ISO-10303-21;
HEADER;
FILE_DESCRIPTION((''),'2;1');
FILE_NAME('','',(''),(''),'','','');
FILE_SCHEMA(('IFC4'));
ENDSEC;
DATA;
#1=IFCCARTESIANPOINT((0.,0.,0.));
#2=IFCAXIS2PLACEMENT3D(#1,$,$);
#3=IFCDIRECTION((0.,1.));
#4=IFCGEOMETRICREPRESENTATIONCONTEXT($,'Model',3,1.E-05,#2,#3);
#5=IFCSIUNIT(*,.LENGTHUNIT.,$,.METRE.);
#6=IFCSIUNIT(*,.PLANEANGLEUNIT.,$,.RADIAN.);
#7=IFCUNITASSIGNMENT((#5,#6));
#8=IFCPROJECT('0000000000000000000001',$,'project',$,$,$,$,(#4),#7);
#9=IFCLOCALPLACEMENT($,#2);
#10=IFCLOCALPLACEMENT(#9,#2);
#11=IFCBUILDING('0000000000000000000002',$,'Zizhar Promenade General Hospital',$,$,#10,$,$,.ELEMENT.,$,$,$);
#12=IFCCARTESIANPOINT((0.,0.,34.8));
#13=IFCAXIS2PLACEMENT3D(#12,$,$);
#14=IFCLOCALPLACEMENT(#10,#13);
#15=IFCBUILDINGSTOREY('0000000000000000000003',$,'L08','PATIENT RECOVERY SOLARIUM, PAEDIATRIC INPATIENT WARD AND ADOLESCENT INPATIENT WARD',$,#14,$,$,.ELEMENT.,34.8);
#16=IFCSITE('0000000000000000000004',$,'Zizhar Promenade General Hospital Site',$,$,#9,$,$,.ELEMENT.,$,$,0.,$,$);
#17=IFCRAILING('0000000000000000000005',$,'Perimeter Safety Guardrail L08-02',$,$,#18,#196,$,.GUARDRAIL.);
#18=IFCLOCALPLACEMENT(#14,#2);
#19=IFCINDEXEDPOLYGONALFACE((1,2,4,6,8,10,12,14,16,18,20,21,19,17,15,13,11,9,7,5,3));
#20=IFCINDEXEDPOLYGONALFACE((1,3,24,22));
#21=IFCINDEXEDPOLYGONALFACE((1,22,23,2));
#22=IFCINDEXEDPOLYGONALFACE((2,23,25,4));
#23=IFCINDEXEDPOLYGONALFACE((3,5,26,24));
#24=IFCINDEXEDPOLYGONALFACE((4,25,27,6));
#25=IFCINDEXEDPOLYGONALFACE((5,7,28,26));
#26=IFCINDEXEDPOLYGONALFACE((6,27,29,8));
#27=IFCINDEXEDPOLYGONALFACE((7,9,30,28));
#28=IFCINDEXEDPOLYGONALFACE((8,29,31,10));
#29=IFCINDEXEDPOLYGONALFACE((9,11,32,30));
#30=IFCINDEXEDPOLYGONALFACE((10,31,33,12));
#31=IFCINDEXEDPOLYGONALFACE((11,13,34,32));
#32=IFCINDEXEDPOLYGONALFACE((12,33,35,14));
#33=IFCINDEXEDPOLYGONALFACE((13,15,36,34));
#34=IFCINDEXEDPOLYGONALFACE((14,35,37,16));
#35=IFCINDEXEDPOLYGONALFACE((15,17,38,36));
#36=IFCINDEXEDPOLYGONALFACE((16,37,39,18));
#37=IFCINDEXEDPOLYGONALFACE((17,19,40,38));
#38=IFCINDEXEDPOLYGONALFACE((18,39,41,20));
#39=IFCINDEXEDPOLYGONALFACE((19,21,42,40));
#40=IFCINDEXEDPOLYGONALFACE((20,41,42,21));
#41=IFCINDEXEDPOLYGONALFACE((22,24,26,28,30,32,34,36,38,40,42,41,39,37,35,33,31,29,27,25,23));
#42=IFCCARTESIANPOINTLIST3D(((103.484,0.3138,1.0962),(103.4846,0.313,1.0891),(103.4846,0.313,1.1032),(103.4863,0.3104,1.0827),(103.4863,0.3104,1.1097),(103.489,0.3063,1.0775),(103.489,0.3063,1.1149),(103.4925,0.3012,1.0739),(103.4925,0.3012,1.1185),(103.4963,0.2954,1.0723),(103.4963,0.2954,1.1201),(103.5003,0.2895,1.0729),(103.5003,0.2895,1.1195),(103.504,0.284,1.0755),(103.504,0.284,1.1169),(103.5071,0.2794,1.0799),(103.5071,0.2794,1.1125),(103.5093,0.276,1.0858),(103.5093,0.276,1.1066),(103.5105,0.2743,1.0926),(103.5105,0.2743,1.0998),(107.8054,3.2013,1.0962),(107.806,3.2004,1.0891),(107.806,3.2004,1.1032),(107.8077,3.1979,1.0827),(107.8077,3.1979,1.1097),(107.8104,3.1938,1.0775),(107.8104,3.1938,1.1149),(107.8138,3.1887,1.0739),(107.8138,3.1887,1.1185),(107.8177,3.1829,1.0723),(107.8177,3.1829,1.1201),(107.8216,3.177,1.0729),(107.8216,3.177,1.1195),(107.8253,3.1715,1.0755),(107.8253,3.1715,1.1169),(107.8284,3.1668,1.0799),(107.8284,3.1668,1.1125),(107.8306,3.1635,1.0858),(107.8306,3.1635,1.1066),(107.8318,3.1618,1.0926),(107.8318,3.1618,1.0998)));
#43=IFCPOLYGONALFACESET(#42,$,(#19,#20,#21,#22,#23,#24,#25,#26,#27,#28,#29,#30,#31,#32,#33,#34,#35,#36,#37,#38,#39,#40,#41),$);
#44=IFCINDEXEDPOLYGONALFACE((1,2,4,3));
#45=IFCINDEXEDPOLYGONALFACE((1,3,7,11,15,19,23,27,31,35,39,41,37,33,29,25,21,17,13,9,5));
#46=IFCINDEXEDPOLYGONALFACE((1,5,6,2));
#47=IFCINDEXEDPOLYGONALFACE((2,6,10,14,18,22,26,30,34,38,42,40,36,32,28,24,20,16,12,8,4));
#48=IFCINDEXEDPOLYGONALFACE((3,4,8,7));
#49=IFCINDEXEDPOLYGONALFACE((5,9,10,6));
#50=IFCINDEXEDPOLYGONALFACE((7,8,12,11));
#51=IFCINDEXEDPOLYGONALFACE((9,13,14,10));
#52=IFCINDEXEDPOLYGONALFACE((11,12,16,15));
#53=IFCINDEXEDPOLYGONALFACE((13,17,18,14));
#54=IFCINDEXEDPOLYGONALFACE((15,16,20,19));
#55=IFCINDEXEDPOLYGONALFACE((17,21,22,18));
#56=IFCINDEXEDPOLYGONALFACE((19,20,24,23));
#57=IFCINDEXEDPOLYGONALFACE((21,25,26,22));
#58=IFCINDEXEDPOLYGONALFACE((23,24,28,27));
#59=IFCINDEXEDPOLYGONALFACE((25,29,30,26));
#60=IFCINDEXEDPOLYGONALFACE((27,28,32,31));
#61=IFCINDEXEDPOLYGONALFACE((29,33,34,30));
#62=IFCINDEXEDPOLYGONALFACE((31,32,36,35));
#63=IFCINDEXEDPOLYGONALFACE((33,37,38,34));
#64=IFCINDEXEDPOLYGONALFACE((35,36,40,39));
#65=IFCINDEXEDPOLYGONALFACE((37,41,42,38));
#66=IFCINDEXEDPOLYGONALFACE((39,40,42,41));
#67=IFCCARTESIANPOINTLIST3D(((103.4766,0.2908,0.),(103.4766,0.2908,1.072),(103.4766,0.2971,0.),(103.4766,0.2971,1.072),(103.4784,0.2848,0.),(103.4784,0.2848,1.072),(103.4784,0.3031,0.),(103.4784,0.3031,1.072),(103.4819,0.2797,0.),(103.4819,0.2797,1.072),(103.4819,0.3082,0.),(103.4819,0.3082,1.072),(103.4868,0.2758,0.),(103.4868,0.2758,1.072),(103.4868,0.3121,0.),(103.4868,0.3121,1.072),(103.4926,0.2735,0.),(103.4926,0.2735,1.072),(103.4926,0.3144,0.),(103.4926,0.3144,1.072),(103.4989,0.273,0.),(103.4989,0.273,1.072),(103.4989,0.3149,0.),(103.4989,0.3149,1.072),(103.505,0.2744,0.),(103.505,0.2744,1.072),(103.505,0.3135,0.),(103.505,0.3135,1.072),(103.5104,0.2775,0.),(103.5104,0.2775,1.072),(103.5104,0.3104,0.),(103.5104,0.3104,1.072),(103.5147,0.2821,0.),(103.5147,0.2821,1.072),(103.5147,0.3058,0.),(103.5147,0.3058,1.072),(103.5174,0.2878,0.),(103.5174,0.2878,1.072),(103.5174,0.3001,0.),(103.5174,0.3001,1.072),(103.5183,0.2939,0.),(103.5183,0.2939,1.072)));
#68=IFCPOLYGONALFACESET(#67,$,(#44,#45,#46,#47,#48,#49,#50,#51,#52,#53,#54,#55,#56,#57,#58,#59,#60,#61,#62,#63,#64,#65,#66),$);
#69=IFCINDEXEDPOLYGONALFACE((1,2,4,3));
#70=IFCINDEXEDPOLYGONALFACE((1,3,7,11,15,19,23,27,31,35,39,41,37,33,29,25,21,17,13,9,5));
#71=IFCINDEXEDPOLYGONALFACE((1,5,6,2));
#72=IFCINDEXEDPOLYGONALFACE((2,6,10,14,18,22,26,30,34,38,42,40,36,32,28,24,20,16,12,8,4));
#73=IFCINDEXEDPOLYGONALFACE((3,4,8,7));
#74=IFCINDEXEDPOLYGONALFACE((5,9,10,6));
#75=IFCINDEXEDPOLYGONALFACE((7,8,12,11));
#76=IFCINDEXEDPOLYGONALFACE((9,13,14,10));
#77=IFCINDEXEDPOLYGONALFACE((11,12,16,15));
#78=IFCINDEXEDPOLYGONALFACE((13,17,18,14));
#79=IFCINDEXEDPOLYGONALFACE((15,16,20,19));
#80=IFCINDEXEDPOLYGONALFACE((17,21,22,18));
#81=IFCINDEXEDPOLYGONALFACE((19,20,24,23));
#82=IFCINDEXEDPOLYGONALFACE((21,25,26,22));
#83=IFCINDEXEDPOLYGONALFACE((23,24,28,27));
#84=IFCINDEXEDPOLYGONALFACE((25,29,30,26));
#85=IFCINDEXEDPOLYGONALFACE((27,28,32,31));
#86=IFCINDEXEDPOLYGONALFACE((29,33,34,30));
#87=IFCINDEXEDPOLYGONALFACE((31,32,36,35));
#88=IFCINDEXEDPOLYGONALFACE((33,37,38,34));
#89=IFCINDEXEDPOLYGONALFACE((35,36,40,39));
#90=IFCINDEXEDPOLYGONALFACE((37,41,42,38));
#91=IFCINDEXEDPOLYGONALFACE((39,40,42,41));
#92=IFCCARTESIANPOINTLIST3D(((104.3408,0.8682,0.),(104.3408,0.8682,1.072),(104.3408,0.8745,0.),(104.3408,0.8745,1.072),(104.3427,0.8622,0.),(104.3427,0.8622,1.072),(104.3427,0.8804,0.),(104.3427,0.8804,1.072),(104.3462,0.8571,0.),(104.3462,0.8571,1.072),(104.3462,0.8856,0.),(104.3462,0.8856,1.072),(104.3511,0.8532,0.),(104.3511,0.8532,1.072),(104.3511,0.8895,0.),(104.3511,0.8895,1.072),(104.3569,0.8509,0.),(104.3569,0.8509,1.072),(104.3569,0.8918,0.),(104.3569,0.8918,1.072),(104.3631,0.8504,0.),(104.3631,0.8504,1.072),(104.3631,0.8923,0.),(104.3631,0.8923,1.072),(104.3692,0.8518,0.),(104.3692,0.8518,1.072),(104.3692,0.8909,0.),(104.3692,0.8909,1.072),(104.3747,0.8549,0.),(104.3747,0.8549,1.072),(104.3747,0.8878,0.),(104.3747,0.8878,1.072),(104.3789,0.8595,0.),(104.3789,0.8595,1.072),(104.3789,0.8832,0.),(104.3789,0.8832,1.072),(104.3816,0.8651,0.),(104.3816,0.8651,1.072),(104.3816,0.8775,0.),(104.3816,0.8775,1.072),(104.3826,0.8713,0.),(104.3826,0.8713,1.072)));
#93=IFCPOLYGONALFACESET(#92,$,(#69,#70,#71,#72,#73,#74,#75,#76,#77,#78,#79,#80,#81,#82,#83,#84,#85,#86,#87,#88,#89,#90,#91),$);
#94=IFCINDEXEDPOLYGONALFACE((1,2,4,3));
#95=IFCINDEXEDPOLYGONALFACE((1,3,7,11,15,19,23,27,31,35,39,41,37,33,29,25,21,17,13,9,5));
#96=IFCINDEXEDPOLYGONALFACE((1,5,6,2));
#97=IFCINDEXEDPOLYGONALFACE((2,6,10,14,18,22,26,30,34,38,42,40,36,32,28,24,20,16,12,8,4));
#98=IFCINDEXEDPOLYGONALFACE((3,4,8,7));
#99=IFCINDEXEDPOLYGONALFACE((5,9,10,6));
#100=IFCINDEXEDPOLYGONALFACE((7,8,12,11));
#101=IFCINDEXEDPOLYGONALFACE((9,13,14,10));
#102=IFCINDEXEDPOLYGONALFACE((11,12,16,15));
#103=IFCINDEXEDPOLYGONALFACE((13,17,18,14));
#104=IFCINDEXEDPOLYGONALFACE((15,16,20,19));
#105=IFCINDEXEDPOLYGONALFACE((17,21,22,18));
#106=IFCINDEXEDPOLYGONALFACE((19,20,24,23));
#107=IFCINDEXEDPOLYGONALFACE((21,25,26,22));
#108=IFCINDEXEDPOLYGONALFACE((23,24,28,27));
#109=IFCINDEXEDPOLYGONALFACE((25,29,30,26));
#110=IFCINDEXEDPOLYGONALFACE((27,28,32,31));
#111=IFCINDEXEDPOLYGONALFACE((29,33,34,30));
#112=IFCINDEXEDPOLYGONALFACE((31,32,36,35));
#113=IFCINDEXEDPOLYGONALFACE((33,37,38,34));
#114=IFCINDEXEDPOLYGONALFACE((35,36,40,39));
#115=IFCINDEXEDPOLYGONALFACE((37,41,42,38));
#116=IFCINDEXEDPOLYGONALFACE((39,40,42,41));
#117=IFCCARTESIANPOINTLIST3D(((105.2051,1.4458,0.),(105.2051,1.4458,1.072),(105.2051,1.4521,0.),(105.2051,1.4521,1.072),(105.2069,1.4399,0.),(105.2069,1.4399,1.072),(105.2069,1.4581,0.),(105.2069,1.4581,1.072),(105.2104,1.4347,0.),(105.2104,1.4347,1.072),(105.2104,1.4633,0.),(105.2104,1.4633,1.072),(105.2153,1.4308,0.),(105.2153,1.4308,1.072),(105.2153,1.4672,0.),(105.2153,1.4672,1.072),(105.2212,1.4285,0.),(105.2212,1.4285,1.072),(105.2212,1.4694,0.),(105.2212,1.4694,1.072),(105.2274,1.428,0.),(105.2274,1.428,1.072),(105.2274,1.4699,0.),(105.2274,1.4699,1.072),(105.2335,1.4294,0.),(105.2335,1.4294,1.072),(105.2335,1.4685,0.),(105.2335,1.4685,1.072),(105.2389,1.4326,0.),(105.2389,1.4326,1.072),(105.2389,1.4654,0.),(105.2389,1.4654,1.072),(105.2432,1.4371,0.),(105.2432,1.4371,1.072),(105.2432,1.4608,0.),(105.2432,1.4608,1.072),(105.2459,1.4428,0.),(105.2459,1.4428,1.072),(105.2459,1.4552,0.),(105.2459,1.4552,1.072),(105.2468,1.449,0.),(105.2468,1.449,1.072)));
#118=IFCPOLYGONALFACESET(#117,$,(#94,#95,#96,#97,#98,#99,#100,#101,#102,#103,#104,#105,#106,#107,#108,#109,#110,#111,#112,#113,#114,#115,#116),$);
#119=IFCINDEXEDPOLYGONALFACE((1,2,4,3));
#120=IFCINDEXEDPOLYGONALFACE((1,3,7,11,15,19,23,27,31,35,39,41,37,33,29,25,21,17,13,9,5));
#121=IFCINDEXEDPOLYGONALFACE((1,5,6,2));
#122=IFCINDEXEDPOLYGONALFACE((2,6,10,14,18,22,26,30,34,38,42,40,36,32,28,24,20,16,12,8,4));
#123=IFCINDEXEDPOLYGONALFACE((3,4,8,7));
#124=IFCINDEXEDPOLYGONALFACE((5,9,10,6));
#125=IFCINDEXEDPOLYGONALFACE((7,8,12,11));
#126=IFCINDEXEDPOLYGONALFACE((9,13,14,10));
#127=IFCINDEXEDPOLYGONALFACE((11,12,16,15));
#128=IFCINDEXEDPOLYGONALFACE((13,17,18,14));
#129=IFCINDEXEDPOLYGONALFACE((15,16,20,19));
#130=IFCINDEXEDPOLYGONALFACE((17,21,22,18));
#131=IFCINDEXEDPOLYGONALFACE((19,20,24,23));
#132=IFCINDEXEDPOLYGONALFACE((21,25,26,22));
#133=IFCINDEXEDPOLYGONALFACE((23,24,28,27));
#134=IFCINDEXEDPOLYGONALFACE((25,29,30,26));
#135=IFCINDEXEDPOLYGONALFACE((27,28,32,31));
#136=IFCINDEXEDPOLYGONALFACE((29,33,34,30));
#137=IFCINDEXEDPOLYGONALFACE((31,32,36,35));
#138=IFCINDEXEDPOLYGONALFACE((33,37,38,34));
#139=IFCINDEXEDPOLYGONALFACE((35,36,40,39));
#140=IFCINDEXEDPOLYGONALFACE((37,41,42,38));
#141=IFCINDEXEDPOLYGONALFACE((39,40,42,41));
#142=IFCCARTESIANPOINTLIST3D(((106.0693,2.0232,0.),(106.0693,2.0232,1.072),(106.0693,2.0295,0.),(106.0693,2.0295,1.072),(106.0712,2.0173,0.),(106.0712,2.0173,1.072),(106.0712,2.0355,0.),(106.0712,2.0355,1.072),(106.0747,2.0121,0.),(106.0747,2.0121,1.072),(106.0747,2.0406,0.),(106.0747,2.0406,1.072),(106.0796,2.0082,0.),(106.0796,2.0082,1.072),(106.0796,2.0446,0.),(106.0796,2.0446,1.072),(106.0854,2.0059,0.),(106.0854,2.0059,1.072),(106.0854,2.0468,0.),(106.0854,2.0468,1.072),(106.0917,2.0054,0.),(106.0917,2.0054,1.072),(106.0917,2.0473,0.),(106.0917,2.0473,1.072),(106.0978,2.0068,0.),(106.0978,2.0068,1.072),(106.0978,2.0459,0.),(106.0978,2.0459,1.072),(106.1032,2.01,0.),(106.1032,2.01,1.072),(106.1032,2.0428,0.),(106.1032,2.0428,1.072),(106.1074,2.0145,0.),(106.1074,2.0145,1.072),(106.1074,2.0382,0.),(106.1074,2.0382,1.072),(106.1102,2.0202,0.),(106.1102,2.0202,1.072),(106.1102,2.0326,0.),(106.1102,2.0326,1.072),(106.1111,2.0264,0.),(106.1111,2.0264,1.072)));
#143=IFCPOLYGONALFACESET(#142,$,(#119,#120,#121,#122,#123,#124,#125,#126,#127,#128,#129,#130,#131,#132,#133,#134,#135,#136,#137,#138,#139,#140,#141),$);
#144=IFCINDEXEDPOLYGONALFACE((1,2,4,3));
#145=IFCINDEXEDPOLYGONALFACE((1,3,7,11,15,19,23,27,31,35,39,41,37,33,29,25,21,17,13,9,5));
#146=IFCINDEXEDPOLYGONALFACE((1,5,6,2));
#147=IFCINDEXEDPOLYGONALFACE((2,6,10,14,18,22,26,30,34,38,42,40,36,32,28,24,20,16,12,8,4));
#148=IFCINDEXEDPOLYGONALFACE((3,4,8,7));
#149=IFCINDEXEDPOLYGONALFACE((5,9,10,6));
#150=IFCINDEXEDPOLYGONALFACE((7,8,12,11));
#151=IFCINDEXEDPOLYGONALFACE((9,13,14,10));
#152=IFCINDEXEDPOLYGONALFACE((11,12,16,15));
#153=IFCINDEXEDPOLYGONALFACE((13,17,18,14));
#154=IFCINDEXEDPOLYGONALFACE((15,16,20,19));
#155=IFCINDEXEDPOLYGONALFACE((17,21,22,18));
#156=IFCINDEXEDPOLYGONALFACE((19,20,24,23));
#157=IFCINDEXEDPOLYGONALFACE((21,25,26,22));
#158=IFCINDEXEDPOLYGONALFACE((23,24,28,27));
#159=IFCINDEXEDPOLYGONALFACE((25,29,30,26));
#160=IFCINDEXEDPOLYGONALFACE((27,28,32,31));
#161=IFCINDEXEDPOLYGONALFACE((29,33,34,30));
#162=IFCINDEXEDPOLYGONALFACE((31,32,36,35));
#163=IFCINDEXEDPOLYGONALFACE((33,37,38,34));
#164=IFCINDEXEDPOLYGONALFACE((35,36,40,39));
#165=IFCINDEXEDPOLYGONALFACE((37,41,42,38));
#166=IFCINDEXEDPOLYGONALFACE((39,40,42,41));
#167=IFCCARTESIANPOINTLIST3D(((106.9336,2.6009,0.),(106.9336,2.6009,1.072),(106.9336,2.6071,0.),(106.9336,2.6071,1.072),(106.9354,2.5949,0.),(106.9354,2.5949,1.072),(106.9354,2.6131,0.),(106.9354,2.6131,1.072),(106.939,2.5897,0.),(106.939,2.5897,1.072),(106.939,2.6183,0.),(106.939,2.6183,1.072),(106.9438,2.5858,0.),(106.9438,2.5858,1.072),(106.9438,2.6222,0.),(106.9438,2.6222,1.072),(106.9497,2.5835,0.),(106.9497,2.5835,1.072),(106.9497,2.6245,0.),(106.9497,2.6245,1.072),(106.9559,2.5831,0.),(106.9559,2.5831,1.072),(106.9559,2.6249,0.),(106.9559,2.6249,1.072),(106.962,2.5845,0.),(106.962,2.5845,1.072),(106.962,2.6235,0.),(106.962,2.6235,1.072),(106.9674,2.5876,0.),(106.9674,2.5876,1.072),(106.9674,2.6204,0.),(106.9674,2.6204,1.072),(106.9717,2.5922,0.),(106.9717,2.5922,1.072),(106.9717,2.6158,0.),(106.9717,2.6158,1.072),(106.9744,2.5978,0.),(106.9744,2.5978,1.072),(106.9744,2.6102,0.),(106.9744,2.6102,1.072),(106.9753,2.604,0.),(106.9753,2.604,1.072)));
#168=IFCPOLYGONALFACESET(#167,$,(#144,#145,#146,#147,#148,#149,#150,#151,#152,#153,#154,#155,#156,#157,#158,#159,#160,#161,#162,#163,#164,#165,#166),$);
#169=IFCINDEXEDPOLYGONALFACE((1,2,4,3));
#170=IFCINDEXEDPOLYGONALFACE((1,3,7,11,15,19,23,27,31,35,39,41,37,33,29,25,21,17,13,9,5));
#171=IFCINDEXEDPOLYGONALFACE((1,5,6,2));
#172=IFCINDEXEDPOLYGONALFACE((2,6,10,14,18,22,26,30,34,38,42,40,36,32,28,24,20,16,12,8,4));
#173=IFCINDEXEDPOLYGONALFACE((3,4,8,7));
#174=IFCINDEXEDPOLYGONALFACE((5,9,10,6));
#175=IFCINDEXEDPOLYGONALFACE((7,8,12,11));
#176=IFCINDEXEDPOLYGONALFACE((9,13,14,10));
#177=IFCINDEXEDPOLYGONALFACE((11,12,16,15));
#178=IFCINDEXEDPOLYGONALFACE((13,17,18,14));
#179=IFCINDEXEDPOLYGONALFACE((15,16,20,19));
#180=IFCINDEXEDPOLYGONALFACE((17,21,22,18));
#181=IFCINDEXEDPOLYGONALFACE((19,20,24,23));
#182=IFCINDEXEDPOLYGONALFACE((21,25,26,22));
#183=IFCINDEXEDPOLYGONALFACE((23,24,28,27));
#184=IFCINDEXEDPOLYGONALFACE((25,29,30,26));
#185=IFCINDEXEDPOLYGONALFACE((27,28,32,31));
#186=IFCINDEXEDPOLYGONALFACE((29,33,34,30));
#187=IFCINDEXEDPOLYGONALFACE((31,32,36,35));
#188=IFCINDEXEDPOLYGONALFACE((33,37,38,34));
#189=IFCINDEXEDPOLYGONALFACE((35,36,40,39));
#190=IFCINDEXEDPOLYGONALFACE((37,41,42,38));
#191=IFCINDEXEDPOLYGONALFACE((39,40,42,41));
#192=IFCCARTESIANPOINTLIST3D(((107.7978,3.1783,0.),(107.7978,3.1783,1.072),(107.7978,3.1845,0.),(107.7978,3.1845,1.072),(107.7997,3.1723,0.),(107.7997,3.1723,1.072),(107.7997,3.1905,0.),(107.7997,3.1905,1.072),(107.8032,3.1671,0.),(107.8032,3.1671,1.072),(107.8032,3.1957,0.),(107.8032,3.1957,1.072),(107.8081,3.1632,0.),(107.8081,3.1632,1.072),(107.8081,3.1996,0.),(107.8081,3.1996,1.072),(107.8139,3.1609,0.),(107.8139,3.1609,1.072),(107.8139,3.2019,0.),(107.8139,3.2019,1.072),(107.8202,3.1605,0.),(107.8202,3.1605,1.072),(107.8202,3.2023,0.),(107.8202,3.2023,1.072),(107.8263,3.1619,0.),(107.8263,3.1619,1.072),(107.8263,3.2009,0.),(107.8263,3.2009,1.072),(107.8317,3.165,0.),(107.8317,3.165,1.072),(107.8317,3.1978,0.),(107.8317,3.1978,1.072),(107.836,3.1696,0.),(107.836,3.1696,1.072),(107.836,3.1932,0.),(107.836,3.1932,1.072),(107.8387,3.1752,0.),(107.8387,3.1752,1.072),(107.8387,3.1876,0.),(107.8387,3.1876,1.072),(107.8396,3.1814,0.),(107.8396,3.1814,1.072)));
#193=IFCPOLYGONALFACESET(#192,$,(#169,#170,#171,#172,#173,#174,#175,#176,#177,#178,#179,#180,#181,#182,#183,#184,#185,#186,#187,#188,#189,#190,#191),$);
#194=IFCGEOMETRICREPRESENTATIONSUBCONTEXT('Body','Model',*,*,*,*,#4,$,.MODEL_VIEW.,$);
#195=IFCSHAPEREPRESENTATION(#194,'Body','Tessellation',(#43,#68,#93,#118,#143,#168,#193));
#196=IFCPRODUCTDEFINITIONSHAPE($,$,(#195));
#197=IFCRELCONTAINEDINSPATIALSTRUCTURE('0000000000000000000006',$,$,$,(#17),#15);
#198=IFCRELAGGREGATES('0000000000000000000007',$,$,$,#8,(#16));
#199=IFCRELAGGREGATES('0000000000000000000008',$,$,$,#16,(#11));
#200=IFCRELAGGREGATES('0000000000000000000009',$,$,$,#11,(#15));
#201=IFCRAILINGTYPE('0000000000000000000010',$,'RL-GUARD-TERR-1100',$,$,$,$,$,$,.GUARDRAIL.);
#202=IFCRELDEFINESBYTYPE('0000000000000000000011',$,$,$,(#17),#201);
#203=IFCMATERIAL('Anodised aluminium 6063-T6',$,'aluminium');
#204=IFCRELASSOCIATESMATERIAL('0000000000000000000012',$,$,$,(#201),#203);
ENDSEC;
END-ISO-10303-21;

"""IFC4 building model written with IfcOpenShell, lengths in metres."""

from ifc_helpers import new_model, si_unit, direction, frame, origin, origin_2d, place, context, subcontext, project, spatial, circle, hollow_circle, extrude, material, material_profile, profile_set, type_object, element, save


model = new_model("IFC4")

# Units and contexts
model_context = context("Model", 3, precision=1e-05, world=origin(), true_north=direction((0.0, 1.0)))
body_context = subcontext(model_context, "Body", "Model", "MODEL_VIEW")
ifc_project = project(units=[si_unit("LENGTHUNIT", "METRE"), si_unit("PLANEANGLEUNIT", "RADIAN")], contexts=[model_context])

# Site, building, storey
site_placement = place(None, origin())
site = spatial("IfcSite", under=ifc_project, at=site_placement, Name="Zizhar Promenade General Hospital Site", CompositionType="ELEMENT", RefElevation=0.0)
building_placement = place(site_placement, origin())
building = spatial("IfcBuilding", under=site, at=building_placement, Name="Zizhar Promenade General Hospital", CompositionType="ELEMENT")
storey_placement = place(building_placement, frame((0.0, 0.0, 34.8)))
storey = spatial("IfcBuildingStorey", under=building, at=storey_placement, Name="L08", Description="PATIENT RECOVERY SOLARIUM, PAEDIATRIC INPATIENT WARD AND ADOLESCENT INPATIENT WARD", CompositionType="ELEMENT", Elevation=34.8)

# Railing
ifc_material_1 = material(Name="Anodised aluminium 6063-T6", Category="aluminium")
ifc_material_profile_1 = material_profile(ifc_material_1, hollow_circle(Radius=0.0698, WallThickness=0.0063, at=origin_2d()))
ifc_profile_set_1 = profile_set([ifc_material_profile_1], Name="Anodised aluminium 6063-T6")
railing_type = type_object("IfcRailingType", Name="RL-GUARD-TERR-1100", PredefinedType="GUARDRAIL", material=ifc_profile_set_1)
railing_placement = place(storey_placement, frame((103.4973, 0.2939, 0.0)))
element("IfcRailing", 1, at=railing_placement, inside=storey, type_object=railing_type, Name="Perimeter Safety Guardrail L08-02", PredefinedType="GUARDRAIL", context=body_context, shape_type="SweptSolid", body=[
    extrude(circle(Radius=0.0239, at=origin_2d()), frame((0.0, 0.0, 1.0962), z_axis=(0.831464, 0.555578, 0.0), x_axis=(-0.555578, 0.831464, 0.0)), (0.0, 0.0, 1.0), 5.1973),
    extrude(circle(Radius=0.021, at=origin_2d()), origin(), (0.0, 0.0, 1.0), 1.072),
    extrude(circle(Radius=0.021, at=origin_2d()), frame((0.8643, 0.5774, 0.0)), (0.0, 0.0, 1.0), 1.072),
    extrude(circle(Radius=0.021, at=origin_2d()), frame((1.7285, 1.155, 0.0)), (0.0, 0.0, 1.0), 1.072),
    extrude(circle(Radius=0.021, at=origin_2d()), frame((2.5928, 1.7324, 0.0)), (0.0, 0.0, 1.0), 1.072),
    extrude(circle(Radius=0.021, at=origin_2d()), frame((3.457, 2.3101, 0.0)), (0.0, 0.0, 1.0), 1.072),
    extrude(circle(Radius=0.021, at=origin_2d()), frame((4.3213, 2.8875, 0.0)), (0.0, 0.0, 1.0), 1.072),
])

save(model, "model.ifc")
